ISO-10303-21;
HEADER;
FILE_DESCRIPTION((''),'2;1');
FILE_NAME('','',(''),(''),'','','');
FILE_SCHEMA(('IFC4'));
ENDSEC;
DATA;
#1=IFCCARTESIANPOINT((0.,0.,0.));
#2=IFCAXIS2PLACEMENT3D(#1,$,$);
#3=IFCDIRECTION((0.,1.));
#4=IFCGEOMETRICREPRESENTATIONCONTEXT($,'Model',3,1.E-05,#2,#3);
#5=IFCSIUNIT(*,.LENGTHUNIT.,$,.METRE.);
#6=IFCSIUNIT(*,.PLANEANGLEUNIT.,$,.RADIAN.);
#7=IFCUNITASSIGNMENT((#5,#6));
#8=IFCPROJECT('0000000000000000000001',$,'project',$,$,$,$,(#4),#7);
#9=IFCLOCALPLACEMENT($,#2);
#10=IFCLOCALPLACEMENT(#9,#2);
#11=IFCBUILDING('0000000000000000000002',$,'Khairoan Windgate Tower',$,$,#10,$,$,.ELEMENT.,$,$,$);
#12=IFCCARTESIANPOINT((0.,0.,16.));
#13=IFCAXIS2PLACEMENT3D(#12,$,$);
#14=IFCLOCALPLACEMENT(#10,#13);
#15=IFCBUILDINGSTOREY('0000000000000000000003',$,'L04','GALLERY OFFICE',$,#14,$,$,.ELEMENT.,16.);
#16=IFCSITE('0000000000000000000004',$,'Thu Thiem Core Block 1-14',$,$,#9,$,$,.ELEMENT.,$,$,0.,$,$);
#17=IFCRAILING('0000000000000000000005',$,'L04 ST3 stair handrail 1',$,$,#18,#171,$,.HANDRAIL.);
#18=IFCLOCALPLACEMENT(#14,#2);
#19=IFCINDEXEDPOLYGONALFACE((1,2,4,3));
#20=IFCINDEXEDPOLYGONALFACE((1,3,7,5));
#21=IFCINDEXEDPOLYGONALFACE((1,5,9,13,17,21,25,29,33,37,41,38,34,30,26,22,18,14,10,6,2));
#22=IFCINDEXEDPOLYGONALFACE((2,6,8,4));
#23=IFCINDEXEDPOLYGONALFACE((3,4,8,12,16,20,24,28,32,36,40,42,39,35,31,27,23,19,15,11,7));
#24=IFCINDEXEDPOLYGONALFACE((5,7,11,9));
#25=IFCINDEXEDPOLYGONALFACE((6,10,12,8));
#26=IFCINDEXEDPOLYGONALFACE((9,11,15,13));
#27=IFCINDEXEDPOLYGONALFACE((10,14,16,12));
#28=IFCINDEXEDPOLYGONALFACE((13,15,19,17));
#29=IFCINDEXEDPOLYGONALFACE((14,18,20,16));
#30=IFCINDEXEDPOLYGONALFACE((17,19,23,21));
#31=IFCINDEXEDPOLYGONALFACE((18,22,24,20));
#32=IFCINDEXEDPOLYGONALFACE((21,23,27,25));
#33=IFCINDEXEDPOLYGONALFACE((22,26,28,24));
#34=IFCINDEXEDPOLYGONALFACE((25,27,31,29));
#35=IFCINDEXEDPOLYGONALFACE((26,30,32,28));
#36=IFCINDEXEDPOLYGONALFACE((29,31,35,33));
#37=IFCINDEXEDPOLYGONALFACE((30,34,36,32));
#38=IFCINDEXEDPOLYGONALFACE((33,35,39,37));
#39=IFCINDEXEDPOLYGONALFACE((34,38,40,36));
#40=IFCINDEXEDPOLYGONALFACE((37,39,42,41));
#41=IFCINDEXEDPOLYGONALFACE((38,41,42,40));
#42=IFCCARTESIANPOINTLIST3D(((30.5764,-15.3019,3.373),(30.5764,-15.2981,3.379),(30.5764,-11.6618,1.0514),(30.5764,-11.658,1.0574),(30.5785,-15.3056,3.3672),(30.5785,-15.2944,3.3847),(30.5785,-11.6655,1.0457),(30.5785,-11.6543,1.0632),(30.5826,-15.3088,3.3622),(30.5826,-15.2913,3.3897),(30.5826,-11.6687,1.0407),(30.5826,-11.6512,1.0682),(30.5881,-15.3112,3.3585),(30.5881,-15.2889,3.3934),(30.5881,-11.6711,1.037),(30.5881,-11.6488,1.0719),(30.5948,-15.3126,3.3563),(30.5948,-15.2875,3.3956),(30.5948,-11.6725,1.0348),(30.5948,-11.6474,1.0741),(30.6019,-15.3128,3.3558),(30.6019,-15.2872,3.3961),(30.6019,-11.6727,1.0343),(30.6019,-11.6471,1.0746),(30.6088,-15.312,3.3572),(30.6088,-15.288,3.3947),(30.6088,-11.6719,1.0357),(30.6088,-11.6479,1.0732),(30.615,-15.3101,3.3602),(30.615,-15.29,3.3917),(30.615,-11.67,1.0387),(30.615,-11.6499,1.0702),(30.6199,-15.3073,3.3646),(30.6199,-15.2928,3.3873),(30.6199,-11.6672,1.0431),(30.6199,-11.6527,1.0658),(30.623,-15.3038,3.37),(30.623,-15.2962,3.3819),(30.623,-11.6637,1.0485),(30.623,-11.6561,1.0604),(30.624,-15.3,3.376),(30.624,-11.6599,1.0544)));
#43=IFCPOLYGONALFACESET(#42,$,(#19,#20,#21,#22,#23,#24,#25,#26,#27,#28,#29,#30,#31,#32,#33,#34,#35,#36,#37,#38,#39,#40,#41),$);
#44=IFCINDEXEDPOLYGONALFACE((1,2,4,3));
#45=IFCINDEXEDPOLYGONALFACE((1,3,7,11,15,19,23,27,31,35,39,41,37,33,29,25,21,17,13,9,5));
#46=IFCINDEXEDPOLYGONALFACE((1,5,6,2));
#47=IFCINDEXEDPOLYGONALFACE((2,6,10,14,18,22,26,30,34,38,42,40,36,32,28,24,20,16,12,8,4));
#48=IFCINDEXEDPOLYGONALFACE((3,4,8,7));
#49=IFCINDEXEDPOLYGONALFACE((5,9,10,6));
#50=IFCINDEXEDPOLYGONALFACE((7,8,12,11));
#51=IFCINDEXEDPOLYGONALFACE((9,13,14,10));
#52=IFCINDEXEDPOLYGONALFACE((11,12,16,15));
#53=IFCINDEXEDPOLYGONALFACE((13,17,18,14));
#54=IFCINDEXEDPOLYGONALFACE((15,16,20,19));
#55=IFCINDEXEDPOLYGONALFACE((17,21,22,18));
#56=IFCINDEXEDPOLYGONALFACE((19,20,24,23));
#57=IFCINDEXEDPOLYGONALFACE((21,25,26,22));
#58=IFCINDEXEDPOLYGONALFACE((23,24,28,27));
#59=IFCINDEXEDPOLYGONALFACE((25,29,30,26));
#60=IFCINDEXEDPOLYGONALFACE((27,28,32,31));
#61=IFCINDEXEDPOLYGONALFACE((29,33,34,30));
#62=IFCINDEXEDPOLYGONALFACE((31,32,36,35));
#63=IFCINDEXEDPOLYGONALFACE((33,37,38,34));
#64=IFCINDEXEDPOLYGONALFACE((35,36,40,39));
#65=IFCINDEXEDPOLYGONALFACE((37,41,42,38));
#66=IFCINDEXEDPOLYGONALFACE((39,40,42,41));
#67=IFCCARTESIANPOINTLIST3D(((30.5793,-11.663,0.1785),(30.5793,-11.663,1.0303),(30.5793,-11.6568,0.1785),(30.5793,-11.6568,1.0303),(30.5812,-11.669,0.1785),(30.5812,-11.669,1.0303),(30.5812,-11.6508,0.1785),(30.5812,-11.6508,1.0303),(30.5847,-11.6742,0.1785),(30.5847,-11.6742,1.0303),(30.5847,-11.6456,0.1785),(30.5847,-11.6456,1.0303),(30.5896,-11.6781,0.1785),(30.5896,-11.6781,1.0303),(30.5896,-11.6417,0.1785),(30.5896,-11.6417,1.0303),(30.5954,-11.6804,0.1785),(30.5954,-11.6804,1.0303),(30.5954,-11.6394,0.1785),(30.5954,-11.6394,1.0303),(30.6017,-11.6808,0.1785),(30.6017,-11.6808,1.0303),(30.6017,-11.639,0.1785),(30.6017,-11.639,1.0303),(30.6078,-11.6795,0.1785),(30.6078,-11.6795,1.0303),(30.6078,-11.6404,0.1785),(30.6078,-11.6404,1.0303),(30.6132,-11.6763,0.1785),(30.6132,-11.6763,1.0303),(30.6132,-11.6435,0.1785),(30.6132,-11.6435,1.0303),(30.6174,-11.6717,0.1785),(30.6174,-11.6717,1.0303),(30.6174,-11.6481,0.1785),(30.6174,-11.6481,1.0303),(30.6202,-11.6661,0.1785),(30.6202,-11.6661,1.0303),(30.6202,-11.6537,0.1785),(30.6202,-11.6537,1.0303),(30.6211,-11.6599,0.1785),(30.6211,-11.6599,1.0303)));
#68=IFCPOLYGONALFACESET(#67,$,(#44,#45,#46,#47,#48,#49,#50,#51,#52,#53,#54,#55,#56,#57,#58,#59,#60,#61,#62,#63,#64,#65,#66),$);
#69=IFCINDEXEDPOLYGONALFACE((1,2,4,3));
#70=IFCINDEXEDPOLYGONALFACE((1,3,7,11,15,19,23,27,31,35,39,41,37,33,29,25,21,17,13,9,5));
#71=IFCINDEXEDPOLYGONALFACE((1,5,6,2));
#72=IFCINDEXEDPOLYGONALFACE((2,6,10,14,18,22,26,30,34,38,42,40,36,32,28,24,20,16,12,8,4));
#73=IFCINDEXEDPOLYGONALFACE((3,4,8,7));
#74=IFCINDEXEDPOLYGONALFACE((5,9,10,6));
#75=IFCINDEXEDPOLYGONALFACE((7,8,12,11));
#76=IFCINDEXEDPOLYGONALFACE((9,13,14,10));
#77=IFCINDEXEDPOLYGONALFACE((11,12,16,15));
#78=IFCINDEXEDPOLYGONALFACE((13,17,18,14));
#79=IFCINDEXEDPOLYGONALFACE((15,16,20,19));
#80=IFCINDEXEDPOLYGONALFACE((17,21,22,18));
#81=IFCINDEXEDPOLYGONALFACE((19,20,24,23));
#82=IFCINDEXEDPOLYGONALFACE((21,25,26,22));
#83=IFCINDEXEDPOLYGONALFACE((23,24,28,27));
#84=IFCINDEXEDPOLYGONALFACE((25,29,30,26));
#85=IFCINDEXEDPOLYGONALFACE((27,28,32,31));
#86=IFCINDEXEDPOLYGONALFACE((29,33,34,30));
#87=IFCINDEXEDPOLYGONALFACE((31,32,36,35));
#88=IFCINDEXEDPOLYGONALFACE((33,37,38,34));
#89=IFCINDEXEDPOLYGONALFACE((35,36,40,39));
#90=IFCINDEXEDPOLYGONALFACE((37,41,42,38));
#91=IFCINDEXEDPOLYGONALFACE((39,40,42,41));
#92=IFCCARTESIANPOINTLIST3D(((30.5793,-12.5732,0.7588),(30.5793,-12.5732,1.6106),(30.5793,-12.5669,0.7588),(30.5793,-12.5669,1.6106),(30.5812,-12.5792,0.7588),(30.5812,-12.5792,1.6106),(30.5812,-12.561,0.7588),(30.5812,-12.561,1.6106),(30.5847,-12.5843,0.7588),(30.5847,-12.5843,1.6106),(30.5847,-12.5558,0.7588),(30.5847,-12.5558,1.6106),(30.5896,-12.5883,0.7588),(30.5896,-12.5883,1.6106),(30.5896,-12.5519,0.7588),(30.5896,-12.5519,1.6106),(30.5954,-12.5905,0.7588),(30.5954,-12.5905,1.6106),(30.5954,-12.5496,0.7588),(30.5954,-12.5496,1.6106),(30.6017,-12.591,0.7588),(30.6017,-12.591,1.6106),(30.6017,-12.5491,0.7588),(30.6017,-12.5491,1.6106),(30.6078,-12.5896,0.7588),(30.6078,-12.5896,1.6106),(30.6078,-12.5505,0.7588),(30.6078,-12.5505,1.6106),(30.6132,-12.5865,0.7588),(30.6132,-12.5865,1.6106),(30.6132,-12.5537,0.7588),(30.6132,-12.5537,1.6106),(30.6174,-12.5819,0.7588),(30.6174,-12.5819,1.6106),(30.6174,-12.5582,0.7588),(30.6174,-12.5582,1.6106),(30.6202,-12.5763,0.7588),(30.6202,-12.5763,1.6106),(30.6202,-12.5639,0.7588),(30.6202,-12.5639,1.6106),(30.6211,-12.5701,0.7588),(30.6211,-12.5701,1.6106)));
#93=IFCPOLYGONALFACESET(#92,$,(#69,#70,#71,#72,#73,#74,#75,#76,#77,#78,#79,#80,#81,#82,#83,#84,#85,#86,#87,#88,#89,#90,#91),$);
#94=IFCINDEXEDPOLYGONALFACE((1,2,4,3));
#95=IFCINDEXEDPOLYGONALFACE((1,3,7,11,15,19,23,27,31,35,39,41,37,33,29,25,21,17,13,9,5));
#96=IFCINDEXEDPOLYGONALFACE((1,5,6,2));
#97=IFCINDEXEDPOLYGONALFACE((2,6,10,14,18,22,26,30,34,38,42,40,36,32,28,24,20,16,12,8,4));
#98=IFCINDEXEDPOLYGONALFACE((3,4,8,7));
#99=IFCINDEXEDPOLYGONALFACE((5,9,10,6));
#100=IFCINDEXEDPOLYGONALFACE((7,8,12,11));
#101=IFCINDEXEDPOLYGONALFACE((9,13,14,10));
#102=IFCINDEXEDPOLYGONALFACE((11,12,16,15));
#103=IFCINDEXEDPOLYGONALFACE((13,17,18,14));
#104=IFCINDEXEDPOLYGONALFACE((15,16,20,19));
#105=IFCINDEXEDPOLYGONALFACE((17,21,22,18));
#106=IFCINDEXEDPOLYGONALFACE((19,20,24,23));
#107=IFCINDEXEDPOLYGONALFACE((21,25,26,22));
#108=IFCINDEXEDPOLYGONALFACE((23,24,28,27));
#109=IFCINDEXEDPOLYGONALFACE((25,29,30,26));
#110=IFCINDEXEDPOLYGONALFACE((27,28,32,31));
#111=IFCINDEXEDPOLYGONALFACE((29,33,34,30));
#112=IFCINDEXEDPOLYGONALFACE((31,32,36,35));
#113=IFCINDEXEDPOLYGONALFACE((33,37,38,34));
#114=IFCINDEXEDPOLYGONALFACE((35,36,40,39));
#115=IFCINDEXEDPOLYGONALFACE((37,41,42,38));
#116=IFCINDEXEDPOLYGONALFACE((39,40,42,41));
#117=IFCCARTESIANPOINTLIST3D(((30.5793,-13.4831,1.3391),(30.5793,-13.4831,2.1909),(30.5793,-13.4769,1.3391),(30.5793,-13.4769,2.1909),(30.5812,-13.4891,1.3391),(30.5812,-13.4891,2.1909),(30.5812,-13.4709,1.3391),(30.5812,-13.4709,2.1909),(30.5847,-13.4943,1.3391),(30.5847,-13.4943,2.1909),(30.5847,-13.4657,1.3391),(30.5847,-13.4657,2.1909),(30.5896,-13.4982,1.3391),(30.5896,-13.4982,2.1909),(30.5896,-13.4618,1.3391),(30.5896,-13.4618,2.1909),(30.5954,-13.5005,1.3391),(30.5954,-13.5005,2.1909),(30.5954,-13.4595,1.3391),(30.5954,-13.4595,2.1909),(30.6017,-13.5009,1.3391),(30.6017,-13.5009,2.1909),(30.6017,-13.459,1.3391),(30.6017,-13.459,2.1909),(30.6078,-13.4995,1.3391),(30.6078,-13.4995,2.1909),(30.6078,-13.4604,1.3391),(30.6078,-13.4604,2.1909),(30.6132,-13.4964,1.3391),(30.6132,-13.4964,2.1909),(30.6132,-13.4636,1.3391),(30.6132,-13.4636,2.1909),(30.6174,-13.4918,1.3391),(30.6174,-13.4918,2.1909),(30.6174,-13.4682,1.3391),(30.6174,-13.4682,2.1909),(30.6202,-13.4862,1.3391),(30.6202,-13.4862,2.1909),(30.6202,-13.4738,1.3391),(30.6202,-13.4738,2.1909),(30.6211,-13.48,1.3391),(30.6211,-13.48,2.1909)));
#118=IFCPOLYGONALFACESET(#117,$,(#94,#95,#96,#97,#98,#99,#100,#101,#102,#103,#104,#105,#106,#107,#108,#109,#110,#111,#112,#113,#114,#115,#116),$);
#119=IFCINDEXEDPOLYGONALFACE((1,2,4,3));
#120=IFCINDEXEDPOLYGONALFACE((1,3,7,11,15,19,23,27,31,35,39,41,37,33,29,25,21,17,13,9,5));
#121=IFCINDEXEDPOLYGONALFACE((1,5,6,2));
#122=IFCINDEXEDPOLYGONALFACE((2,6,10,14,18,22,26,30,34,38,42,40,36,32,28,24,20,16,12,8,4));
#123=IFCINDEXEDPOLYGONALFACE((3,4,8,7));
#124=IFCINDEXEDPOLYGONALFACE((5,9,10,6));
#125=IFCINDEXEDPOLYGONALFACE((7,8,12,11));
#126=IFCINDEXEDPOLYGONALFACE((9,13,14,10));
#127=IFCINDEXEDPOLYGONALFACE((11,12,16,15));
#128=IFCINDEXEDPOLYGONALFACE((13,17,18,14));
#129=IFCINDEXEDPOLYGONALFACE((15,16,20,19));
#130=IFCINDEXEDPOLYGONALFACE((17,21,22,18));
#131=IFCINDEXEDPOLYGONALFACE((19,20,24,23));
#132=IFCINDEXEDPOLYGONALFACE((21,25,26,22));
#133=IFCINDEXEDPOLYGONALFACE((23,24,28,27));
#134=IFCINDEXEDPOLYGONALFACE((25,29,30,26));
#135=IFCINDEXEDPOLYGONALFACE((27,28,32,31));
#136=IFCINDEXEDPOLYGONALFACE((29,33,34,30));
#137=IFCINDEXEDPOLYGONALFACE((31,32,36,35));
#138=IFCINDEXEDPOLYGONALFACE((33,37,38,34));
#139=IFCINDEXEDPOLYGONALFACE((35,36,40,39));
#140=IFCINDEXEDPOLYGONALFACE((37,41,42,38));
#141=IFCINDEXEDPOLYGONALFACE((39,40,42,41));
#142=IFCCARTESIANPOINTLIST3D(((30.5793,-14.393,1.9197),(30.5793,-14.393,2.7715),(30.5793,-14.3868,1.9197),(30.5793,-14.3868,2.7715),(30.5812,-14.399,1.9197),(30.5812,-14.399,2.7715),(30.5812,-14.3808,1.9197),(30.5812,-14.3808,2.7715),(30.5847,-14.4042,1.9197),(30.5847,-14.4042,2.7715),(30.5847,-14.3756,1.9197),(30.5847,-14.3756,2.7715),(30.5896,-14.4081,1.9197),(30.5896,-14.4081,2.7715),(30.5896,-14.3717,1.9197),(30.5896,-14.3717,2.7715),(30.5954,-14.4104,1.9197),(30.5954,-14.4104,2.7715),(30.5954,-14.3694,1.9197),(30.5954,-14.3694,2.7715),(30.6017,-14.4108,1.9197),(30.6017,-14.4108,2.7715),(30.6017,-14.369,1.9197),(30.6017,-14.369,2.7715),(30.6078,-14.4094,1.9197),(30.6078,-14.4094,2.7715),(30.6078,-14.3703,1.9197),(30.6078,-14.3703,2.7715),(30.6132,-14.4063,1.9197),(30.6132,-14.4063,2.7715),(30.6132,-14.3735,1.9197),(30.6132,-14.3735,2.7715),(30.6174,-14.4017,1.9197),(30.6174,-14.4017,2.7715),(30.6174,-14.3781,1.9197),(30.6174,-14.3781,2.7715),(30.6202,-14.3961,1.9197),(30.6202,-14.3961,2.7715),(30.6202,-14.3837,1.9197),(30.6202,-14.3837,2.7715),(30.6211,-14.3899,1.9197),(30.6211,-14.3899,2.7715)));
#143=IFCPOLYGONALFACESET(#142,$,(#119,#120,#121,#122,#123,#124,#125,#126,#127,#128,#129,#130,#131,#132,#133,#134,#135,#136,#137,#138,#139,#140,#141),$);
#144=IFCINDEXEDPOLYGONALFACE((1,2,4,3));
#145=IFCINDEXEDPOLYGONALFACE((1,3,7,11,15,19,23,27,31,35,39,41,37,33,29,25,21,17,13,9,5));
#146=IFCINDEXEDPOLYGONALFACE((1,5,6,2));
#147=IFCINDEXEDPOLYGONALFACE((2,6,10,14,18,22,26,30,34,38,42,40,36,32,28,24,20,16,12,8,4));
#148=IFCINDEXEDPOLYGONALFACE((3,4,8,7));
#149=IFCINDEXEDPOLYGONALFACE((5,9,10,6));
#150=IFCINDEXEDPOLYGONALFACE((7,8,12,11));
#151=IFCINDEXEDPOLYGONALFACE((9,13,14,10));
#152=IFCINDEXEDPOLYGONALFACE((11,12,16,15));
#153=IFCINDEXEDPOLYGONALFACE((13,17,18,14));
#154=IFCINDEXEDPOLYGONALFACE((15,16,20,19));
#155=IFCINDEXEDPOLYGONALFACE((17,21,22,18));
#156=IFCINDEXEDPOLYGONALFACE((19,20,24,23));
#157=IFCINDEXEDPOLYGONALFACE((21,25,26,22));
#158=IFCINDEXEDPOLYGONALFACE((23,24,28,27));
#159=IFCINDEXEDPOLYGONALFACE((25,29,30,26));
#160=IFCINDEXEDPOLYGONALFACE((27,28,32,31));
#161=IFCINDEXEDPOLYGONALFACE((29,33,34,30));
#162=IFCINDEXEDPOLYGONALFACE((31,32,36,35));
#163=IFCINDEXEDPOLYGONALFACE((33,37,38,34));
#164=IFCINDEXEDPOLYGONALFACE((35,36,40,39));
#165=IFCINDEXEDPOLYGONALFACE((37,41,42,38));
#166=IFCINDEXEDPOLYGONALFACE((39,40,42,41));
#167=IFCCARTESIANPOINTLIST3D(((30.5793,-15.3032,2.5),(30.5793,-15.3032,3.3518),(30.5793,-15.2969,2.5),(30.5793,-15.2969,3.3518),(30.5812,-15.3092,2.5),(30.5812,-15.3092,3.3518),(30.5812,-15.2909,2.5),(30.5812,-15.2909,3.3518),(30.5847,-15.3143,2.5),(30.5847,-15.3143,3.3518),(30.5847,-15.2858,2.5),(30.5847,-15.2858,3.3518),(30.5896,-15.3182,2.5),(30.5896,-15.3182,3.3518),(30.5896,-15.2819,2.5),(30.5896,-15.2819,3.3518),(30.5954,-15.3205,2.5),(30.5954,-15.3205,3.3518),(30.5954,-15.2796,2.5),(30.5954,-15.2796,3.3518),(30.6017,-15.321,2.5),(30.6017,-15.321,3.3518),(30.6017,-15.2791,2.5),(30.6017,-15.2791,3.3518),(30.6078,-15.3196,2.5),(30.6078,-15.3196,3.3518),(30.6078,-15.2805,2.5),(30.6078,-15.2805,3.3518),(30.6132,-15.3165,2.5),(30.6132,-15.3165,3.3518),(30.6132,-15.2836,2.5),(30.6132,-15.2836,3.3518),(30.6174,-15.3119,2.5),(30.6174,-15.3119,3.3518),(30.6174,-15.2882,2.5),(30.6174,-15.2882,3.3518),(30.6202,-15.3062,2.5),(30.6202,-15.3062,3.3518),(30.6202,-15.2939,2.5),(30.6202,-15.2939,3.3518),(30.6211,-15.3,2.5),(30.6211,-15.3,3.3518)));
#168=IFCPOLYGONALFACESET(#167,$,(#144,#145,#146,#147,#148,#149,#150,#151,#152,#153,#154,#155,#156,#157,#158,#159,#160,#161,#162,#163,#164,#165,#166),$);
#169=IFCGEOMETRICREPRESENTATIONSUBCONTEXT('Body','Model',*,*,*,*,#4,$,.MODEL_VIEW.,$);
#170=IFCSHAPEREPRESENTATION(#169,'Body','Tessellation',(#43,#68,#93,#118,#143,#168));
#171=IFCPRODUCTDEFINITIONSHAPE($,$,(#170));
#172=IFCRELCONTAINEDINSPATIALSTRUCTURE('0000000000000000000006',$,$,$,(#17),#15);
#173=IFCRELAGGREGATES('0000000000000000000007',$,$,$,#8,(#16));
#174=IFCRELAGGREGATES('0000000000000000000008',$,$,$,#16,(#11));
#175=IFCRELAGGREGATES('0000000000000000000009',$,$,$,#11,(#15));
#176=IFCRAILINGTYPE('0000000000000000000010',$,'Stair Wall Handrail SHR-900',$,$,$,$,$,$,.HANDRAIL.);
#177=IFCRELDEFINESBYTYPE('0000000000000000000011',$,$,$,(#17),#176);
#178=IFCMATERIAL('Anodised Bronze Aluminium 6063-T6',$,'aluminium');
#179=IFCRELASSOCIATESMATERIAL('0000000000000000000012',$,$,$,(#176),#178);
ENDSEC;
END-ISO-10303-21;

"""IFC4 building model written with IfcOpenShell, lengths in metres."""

from ifc_helpers import new_model, si_unit, direction, frame, origin, origin_2d, place, context, subcontext, project, spatial, circle, extrude, material, type_object, element, save


model = new_model("IFC4")

# Units and contexts
model_context = context("Model", 3, precision=1e-05, world=origin(), true_north=direction((0.0, 1.0)))
body_context = subcontext(model_context, "Body", "Model", "MODEL_VIEW")
ifc_project = project(units=[si_unit("LENGTHUNIT", "METRE"), si_unit("PLANEANGLEUNIT", "RADIAN")], contexts=[model_context])

# Site, building, storey
site_placement = place(None, origin())
site = spatial("IfcSite", under=ifc_project, at=site_placement, Name="Thu Thiem Core Block 1-14", CompositionType="ELEMENT", RefElevation=0.0)
building_placement = place(site_placement, origin())
building = spatial("IfcBuilding", under=site, at=building_placement, Name="Khairoan Windgate Tower", CompositionType="ELEMENT")
storey_placement = place(building_placement, frame((0.0, 0.0, 16.0)))
storey = spatial("IfcBuildingStorey", under=building, at=storey_placement, Name="L04", Description="GALLERY OFFICE", CompositionType="ELEMENT", Elevation=16.0)

# Railing
ifc_material_1 = material(Name="Anodised Bronze Aluminium 6063-T6", Category="aluminium")
railing_type_1 = type_object("IfcRailingType", Name="Stair Wall Handrail SHR-900", PredefinedType="HANDRAIL", material=ifc_material_1)
railing_1_placement = place(storey_placement, frame((30.6001, -11.6599, 0.1785)))
element("IfcRailing", 1, at=railing_1_placement, inside=storey, type_object=railing_type_1, Name="L04 ST3 stair handrail 1", PredefinedType="HANDRAIL", context=body_context, shape_type="SweptSolid", body=[
    extrude(circle(Radius=0.0239, at=origin_2d()), frame((0.0, 0.0, 0.876), z_axis=(0.0, -0.843128, 0.537713), x_axis=(1.0, 0.0, 0.0)), (0.0, 0.0, 1.0), 4.3174),
    extrude(circle(Radius=0.021, at=origin_2d()), origin(), (0.0, 0.0, 1.0), 0.8518),
    extrude(circle(Radius=0.021, at=origin_2d()), frame((0.0, -0.9102, 0.5803)), (0.0, 0.0, 1.0), 0.8518),
    extrude(circle(Radius=0.021, at=origin_2d()), frame((0.0, -1.8201, 1.1606)), (0.0, 0.0, 1.0), 0.8518),
    extrude(circle(Radius=0.021, at=origin_2d()), frame((0.0, -2.73, 1.7412)), (0.0, 0.0, 1.0), 0.8518),
    extrude(circle(Radius=0.021, at=origin_2d()), frame((0.0, -3.6401, 2.3215)), (0.0, 0.0, 1.0), 0.8518),
])

save(model, "model.ifc")
